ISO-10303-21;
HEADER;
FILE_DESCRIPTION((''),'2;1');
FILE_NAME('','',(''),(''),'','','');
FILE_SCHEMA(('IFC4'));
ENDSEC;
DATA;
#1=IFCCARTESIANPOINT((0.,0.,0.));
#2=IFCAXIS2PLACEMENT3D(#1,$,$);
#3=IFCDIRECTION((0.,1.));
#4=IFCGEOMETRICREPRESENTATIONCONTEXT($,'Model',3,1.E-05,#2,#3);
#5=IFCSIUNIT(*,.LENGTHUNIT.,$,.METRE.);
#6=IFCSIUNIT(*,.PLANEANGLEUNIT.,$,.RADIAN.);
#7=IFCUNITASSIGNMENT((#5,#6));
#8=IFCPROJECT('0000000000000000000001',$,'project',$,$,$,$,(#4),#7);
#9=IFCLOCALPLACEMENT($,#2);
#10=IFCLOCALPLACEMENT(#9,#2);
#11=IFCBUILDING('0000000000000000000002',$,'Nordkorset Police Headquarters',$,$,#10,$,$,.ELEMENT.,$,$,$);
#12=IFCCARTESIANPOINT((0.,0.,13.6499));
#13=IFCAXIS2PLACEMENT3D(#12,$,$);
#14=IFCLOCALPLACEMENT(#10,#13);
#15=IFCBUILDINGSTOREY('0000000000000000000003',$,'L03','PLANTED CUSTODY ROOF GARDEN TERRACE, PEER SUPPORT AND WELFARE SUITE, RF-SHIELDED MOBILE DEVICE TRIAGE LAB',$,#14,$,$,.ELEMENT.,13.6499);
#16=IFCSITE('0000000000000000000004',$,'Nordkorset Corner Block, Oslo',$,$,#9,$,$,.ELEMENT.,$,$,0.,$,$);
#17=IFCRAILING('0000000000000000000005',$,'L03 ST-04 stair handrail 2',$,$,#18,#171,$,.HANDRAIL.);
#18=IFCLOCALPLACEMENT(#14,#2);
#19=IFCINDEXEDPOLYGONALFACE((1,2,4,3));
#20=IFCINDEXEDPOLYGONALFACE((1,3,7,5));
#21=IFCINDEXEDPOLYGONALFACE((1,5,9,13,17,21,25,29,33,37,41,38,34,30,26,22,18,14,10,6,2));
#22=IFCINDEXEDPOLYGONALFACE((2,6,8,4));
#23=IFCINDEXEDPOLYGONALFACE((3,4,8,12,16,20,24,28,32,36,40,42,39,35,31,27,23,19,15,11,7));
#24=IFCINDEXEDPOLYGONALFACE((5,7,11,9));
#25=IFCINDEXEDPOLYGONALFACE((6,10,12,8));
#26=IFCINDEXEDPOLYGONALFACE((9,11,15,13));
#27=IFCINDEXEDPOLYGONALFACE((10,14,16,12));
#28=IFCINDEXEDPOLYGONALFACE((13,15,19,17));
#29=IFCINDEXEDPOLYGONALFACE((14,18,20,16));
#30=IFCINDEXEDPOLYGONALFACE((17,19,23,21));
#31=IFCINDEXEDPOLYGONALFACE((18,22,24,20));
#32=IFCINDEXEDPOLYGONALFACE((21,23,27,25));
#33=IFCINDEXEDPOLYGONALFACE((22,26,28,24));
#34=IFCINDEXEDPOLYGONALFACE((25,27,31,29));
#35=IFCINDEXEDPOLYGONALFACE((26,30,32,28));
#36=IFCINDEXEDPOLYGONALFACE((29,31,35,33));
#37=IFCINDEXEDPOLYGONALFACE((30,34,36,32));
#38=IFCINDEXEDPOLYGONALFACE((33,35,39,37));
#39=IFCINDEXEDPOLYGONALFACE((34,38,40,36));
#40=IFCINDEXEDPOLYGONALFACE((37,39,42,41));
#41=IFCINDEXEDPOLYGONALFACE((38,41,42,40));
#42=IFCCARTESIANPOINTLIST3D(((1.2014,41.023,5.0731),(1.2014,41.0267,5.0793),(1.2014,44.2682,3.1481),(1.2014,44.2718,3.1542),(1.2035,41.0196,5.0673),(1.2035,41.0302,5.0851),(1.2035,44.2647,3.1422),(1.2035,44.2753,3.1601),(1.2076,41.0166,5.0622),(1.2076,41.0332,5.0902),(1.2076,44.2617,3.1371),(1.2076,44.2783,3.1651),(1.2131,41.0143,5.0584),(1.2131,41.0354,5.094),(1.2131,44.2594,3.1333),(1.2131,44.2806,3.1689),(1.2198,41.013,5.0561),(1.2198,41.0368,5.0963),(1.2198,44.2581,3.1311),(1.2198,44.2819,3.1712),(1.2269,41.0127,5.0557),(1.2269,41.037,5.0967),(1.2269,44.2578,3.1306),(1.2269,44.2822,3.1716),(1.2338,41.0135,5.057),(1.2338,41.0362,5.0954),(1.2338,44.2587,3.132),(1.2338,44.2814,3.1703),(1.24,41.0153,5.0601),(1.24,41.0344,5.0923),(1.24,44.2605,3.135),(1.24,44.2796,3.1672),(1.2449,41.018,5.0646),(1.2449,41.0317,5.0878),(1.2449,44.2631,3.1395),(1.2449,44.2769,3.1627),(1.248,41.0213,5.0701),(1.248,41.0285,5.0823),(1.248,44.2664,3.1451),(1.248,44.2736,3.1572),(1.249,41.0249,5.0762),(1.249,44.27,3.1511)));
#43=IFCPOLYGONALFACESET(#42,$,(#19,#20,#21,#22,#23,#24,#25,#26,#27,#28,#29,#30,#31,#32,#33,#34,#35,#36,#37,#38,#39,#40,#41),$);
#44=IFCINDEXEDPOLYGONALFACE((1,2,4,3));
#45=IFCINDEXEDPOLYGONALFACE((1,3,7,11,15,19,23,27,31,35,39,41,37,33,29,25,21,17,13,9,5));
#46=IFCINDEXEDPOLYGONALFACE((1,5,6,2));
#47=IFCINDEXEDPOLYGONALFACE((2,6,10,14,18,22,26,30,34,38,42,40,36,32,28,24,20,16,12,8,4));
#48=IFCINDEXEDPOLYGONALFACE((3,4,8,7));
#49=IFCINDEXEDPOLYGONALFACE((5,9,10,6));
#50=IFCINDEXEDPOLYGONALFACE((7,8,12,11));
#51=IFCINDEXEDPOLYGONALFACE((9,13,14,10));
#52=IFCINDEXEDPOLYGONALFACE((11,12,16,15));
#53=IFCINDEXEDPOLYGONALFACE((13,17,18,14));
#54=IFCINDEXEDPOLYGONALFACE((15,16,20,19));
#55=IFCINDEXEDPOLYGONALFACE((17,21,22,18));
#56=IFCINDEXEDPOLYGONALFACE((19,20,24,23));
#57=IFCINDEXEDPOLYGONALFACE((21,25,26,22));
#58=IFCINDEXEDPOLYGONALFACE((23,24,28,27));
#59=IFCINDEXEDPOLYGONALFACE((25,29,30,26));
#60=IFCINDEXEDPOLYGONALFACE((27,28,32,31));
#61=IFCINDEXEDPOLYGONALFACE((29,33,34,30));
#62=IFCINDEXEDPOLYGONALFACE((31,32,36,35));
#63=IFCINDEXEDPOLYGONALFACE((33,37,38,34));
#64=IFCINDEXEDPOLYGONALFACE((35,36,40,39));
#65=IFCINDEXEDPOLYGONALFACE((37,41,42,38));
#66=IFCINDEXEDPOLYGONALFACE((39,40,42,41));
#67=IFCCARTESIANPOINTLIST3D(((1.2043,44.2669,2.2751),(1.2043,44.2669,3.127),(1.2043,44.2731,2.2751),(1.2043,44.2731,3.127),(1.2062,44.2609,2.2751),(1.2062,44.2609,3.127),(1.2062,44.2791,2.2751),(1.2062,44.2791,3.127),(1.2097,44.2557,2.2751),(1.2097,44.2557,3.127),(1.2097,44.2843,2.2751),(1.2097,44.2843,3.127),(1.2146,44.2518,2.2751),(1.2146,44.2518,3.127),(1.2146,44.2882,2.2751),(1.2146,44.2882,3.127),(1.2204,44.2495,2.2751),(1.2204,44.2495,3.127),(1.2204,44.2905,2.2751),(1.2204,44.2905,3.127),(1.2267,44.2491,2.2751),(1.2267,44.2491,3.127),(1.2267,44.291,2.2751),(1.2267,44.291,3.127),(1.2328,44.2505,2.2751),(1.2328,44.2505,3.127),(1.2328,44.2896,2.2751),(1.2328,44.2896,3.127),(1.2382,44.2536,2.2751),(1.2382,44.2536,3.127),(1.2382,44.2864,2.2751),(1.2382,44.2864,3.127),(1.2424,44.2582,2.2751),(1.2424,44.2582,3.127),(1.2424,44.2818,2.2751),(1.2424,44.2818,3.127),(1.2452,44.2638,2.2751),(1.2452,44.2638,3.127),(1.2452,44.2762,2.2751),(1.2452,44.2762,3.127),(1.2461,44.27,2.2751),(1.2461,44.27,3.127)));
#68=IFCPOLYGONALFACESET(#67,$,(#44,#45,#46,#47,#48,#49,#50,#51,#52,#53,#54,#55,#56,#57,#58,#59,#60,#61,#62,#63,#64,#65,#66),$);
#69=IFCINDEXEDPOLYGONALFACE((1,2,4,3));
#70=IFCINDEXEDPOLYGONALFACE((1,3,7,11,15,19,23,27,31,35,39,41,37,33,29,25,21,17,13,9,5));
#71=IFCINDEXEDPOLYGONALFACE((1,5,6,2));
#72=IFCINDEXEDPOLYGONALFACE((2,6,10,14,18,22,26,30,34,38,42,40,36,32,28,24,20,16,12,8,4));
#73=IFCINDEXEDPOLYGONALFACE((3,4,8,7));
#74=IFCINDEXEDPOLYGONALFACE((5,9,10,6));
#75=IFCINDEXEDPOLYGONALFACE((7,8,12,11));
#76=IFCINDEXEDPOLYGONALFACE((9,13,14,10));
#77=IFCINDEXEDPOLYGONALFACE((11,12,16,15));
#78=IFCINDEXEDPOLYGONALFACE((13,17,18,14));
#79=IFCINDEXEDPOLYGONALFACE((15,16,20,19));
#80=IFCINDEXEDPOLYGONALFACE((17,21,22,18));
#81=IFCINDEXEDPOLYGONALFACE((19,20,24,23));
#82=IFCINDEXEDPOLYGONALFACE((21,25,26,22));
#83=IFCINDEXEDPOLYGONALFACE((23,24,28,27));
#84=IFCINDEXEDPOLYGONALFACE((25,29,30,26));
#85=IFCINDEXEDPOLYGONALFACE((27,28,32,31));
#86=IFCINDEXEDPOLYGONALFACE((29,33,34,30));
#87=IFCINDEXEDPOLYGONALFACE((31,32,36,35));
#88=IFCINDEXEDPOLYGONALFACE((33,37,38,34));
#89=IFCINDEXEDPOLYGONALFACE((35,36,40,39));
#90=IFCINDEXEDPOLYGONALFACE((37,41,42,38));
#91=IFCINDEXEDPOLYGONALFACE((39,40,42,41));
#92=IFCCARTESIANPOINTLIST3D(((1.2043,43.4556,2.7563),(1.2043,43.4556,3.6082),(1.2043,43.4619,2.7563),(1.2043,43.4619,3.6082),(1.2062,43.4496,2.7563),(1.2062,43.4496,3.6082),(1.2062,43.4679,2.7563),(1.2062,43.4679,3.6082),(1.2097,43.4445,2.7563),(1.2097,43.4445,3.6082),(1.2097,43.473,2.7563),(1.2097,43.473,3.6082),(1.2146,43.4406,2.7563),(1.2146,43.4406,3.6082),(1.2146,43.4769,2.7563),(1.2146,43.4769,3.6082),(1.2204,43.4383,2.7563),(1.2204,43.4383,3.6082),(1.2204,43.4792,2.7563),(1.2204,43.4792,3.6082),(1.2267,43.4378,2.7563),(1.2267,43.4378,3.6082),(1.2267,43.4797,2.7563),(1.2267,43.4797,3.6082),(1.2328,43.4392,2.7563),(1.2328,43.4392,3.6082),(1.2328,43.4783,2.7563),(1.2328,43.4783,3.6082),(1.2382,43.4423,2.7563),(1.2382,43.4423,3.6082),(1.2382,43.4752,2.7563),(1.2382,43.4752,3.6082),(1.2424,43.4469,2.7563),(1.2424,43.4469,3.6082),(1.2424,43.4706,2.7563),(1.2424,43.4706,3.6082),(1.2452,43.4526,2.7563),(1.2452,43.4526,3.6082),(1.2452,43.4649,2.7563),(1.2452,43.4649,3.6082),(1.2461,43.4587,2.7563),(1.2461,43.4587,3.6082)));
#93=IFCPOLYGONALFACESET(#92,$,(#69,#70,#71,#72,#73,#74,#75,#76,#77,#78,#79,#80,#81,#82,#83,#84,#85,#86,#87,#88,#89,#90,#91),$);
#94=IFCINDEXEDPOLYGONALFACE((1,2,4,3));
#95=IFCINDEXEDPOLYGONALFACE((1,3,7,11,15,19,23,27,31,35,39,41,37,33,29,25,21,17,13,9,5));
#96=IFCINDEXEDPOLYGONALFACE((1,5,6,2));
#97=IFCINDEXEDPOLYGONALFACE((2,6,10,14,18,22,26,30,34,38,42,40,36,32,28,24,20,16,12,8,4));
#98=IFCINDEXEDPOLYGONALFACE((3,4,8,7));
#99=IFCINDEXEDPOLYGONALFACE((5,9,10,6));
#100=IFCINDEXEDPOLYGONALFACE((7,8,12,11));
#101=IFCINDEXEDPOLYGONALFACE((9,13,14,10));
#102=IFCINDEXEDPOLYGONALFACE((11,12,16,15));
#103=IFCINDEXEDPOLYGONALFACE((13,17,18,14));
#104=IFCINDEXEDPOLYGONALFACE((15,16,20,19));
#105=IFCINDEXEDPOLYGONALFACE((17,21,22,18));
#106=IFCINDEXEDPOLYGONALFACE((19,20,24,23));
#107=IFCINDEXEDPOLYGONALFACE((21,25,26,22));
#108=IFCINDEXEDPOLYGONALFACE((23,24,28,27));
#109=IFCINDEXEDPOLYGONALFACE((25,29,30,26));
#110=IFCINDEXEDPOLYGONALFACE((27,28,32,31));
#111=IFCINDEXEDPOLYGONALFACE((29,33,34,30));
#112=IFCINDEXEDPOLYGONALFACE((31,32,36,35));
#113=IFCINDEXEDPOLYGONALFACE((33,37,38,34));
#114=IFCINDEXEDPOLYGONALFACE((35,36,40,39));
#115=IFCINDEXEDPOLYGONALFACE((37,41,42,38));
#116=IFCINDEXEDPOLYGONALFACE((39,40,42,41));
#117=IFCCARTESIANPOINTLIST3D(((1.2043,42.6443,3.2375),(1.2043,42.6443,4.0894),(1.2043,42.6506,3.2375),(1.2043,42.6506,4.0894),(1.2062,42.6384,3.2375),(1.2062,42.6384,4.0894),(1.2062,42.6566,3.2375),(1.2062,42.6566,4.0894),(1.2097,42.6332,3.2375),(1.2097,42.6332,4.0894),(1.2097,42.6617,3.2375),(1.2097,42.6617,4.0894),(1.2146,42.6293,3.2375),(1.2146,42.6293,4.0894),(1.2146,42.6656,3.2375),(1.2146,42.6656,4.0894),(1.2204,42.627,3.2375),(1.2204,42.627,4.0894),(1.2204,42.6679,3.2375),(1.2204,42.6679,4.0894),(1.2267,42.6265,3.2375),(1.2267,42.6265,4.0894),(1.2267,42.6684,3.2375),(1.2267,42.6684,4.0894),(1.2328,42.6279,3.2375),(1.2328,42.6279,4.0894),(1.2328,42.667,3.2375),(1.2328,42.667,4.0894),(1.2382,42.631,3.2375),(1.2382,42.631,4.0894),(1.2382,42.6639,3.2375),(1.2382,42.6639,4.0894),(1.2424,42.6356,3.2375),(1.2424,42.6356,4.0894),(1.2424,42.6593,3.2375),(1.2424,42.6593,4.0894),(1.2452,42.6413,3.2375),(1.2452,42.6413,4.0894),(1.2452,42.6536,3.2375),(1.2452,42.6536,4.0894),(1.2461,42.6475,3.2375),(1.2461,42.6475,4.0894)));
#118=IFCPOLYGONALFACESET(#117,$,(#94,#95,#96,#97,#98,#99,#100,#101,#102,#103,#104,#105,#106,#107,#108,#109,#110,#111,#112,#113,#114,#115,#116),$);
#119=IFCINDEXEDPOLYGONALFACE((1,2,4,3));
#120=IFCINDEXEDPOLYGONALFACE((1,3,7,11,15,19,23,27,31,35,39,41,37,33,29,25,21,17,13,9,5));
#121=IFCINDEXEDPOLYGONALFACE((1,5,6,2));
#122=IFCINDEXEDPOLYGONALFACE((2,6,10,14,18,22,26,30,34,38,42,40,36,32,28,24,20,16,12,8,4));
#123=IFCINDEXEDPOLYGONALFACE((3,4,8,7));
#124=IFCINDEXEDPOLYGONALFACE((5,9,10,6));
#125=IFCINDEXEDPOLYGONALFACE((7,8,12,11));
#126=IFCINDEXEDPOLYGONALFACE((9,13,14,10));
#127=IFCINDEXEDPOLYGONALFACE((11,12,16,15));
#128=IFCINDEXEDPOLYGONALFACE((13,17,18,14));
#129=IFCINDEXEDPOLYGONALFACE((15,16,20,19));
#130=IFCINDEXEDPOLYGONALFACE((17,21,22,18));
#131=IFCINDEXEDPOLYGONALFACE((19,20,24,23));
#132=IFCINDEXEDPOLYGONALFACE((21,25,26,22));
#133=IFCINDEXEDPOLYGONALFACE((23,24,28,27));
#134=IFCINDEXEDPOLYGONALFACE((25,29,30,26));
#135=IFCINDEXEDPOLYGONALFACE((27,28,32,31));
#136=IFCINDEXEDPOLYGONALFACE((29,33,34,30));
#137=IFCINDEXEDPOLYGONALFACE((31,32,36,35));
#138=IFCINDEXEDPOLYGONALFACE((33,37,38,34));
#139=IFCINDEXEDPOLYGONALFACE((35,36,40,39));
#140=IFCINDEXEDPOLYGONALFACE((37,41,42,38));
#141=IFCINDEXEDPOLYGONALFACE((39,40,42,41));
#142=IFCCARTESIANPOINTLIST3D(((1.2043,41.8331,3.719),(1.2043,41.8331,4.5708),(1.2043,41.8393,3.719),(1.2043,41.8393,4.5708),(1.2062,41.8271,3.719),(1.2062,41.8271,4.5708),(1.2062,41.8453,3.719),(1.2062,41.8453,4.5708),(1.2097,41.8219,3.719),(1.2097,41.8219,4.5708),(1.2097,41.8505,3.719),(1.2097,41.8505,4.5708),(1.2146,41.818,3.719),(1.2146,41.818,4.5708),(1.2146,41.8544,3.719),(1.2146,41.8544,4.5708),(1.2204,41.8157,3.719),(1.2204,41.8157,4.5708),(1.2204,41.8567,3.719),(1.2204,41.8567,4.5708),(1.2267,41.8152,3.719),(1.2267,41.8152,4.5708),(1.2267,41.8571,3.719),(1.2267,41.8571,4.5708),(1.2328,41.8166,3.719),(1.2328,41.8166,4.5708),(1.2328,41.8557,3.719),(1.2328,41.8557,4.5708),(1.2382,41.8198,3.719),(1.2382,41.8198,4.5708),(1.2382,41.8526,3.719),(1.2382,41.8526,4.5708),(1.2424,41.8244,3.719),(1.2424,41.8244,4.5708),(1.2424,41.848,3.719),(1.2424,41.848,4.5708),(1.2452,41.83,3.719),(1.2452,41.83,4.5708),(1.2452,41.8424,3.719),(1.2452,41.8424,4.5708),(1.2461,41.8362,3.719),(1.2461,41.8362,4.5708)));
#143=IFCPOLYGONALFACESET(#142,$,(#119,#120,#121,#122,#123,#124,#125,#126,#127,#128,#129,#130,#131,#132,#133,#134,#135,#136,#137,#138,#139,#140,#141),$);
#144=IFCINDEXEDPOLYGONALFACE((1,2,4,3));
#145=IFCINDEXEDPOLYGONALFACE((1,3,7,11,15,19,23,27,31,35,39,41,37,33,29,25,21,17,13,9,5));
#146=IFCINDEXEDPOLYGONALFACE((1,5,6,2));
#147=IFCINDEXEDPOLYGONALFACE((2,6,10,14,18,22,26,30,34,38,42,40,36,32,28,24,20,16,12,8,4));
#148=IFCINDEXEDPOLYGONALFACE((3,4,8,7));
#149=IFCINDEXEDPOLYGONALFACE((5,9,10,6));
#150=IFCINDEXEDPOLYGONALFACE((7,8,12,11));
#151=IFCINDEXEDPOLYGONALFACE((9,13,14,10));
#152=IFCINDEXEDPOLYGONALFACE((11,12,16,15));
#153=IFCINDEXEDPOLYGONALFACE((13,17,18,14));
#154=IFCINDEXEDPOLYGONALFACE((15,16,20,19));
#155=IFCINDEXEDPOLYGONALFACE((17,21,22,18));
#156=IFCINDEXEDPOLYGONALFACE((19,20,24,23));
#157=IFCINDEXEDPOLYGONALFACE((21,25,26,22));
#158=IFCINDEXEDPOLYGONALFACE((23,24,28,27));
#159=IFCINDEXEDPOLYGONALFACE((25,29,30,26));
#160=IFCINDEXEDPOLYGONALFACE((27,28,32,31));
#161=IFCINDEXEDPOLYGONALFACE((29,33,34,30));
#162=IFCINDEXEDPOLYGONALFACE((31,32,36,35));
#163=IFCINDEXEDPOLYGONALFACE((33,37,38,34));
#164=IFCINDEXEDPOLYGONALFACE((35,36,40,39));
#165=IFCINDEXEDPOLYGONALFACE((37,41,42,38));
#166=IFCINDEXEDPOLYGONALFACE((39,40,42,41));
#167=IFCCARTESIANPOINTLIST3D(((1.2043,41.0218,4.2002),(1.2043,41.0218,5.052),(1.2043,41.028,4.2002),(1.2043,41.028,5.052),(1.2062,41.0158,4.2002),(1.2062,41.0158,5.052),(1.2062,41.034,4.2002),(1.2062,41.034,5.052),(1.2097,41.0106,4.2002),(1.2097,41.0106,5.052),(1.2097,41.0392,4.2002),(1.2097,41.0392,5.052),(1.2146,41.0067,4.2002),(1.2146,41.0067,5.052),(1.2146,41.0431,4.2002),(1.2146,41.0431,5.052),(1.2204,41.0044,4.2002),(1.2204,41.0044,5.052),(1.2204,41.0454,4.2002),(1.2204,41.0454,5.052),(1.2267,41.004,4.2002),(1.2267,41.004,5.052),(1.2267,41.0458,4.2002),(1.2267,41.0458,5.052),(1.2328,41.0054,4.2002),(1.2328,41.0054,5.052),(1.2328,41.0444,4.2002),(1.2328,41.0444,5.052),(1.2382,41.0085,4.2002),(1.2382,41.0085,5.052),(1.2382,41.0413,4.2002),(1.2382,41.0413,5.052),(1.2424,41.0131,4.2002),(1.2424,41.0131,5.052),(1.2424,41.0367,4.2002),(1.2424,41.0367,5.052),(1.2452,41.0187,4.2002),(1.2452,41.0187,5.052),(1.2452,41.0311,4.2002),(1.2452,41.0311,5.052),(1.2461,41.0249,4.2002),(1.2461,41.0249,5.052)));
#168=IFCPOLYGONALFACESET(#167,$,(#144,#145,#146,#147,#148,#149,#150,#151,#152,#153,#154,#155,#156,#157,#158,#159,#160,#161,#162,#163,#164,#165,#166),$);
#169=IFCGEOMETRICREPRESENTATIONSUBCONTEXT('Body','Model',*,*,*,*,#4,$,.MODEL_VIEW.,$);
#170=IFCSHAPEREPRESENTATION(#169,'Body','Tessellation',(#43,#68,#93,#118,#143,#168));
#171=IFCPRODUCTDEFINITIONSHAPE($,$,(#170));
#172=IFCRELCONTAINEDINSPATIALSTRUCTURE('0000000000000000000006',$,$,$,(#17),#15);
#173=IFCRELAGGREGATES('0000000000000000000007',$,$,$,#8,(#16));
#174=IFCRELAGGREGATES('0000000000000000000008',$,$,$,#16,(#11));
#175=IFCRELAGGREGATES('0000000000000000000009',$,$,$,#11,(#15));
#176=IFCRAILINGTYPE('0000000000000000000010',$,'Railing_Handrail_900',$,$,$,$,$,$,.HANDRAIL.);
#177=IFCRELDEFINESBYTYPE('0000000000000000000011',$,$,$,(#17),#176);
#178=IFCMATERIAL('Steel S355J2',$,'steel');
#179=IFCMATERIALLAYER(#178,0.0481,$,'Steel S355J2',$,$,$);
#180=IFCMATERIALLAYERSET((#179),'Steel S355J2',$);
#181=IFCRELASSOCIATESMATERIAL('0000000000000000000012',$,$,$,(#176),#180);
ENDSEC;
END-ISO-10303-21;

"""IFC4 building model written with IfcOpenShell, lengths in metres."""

from ifc_helpers import new_model, si_unit, direction, frame, origin, origin_2d, place, context, subcontext, project, spatial, circle, extrude, material, layer, layer_set, type_object, element, save


model = new_model("IFC4")

# Units and contexts
model_context = context("Model", 3, precision=1e-05, world=origin(), true_north=direction((0.0, 1.0)))
body_context = subcontext(model_context, "Body", "Model", "MODEL_VIEW")
ifc_project = project(units=[si_unit("LENGTHUNIT", "METRE"), si_unit("PLANEANGLEUNIT", "RADIAN")], contexts=[model_context])

# Site, building, storey
site_placement = place(None, origin())
site = spatial("IfcSite", under=ifc_project, at=site_placement, Name="Nordkorset Corner Block, Oslo", CompositionType="ELEMENT", RefElevation=0.0)
building_placement = place(site_placement, origin())
building = spatial("IfcBuilding", under=site, at=building_placement, Name="Nordkorset Police Headquarters", CompositionType="ELEMENT")
storey_placement = place(building_placement, frame((0.0, 0.0, 13.6499)))
storey = spatial("IfcBuildingStorey", under=building, at=storey_placement, Name="L03", Description="PLANTED CUSTODY ROOF GARDEN TERRACE, PEER SUPPORT AND WELFARE SUITE, RF-SHIELDED MOBILE DEVICE TRIAGE LAB", CompositionType="ELEMENT", Elevation=13.6499)

# Railing
ifc_material_1 = material(Name="Steel S355J2", Category="steel")
ifc_layer_1 = layer(ifc_material_1, 0.0481, Name="Steel S355J2")
ifc_layer_set_1 = layer_set([ifc_layer_1], Name="Steel S355J2")
railing_type_1 = type_object("IfcRailingType", Name="Railing_Handrail_900", PredefinedType="HANDRAIL", material=ifc_layer_set_1)
railing_1_placement = place(storey_placement, frame((1.2251, 44.27, 2.2751)))
element("IfcRailing", 1, at=railing_1_placement, inside=storey, type_object=railing_type_1, Name="L03 ST-04 stair handrail 2", PredefinedType="HANDRAIL", context=body_context, shape_type="SweptSolid", body=[
    extrude(circle(Radius=0.0239, at=origin_2d()), frame((0.0, 0.0, 0.876), z_axis=(0.0, -0.860057, 0.510198), x_axis=(1.0, 0.0, 0.0)), (0.0, 0.0, 1.0), 3.7732),
    extrude(circle(Radius=0.021, at=origin_2d()), origin(), (0.0, 0.0, 1.0), 0.8518),
    extrude(circle(Radius=0.021, at=origin_2d()), frame((0.0, -0.8113, 0.4812)), (0.0, 0.0, 1.0), 0.8518),
    extrude(circle(Radius=0.021, at=origin_2d()), frame((0.0, -1.6226, 0.9624)), (0.0, 0.0, 1.0), 0.8518),
    extrude(circle(Radius=0.021, at=origin_2d()), frame((0.0, -2.4338, 1.4438)), (0.0, 0.0, 1.0), 0.8518),
    extrude(circle(Radius=0.021, at=origin_2d()), frame((0.0, -3.2451, 1.925)), (0.0, 0.0, 1.0), 0.8518),
])

save(model, "model.ifc")
